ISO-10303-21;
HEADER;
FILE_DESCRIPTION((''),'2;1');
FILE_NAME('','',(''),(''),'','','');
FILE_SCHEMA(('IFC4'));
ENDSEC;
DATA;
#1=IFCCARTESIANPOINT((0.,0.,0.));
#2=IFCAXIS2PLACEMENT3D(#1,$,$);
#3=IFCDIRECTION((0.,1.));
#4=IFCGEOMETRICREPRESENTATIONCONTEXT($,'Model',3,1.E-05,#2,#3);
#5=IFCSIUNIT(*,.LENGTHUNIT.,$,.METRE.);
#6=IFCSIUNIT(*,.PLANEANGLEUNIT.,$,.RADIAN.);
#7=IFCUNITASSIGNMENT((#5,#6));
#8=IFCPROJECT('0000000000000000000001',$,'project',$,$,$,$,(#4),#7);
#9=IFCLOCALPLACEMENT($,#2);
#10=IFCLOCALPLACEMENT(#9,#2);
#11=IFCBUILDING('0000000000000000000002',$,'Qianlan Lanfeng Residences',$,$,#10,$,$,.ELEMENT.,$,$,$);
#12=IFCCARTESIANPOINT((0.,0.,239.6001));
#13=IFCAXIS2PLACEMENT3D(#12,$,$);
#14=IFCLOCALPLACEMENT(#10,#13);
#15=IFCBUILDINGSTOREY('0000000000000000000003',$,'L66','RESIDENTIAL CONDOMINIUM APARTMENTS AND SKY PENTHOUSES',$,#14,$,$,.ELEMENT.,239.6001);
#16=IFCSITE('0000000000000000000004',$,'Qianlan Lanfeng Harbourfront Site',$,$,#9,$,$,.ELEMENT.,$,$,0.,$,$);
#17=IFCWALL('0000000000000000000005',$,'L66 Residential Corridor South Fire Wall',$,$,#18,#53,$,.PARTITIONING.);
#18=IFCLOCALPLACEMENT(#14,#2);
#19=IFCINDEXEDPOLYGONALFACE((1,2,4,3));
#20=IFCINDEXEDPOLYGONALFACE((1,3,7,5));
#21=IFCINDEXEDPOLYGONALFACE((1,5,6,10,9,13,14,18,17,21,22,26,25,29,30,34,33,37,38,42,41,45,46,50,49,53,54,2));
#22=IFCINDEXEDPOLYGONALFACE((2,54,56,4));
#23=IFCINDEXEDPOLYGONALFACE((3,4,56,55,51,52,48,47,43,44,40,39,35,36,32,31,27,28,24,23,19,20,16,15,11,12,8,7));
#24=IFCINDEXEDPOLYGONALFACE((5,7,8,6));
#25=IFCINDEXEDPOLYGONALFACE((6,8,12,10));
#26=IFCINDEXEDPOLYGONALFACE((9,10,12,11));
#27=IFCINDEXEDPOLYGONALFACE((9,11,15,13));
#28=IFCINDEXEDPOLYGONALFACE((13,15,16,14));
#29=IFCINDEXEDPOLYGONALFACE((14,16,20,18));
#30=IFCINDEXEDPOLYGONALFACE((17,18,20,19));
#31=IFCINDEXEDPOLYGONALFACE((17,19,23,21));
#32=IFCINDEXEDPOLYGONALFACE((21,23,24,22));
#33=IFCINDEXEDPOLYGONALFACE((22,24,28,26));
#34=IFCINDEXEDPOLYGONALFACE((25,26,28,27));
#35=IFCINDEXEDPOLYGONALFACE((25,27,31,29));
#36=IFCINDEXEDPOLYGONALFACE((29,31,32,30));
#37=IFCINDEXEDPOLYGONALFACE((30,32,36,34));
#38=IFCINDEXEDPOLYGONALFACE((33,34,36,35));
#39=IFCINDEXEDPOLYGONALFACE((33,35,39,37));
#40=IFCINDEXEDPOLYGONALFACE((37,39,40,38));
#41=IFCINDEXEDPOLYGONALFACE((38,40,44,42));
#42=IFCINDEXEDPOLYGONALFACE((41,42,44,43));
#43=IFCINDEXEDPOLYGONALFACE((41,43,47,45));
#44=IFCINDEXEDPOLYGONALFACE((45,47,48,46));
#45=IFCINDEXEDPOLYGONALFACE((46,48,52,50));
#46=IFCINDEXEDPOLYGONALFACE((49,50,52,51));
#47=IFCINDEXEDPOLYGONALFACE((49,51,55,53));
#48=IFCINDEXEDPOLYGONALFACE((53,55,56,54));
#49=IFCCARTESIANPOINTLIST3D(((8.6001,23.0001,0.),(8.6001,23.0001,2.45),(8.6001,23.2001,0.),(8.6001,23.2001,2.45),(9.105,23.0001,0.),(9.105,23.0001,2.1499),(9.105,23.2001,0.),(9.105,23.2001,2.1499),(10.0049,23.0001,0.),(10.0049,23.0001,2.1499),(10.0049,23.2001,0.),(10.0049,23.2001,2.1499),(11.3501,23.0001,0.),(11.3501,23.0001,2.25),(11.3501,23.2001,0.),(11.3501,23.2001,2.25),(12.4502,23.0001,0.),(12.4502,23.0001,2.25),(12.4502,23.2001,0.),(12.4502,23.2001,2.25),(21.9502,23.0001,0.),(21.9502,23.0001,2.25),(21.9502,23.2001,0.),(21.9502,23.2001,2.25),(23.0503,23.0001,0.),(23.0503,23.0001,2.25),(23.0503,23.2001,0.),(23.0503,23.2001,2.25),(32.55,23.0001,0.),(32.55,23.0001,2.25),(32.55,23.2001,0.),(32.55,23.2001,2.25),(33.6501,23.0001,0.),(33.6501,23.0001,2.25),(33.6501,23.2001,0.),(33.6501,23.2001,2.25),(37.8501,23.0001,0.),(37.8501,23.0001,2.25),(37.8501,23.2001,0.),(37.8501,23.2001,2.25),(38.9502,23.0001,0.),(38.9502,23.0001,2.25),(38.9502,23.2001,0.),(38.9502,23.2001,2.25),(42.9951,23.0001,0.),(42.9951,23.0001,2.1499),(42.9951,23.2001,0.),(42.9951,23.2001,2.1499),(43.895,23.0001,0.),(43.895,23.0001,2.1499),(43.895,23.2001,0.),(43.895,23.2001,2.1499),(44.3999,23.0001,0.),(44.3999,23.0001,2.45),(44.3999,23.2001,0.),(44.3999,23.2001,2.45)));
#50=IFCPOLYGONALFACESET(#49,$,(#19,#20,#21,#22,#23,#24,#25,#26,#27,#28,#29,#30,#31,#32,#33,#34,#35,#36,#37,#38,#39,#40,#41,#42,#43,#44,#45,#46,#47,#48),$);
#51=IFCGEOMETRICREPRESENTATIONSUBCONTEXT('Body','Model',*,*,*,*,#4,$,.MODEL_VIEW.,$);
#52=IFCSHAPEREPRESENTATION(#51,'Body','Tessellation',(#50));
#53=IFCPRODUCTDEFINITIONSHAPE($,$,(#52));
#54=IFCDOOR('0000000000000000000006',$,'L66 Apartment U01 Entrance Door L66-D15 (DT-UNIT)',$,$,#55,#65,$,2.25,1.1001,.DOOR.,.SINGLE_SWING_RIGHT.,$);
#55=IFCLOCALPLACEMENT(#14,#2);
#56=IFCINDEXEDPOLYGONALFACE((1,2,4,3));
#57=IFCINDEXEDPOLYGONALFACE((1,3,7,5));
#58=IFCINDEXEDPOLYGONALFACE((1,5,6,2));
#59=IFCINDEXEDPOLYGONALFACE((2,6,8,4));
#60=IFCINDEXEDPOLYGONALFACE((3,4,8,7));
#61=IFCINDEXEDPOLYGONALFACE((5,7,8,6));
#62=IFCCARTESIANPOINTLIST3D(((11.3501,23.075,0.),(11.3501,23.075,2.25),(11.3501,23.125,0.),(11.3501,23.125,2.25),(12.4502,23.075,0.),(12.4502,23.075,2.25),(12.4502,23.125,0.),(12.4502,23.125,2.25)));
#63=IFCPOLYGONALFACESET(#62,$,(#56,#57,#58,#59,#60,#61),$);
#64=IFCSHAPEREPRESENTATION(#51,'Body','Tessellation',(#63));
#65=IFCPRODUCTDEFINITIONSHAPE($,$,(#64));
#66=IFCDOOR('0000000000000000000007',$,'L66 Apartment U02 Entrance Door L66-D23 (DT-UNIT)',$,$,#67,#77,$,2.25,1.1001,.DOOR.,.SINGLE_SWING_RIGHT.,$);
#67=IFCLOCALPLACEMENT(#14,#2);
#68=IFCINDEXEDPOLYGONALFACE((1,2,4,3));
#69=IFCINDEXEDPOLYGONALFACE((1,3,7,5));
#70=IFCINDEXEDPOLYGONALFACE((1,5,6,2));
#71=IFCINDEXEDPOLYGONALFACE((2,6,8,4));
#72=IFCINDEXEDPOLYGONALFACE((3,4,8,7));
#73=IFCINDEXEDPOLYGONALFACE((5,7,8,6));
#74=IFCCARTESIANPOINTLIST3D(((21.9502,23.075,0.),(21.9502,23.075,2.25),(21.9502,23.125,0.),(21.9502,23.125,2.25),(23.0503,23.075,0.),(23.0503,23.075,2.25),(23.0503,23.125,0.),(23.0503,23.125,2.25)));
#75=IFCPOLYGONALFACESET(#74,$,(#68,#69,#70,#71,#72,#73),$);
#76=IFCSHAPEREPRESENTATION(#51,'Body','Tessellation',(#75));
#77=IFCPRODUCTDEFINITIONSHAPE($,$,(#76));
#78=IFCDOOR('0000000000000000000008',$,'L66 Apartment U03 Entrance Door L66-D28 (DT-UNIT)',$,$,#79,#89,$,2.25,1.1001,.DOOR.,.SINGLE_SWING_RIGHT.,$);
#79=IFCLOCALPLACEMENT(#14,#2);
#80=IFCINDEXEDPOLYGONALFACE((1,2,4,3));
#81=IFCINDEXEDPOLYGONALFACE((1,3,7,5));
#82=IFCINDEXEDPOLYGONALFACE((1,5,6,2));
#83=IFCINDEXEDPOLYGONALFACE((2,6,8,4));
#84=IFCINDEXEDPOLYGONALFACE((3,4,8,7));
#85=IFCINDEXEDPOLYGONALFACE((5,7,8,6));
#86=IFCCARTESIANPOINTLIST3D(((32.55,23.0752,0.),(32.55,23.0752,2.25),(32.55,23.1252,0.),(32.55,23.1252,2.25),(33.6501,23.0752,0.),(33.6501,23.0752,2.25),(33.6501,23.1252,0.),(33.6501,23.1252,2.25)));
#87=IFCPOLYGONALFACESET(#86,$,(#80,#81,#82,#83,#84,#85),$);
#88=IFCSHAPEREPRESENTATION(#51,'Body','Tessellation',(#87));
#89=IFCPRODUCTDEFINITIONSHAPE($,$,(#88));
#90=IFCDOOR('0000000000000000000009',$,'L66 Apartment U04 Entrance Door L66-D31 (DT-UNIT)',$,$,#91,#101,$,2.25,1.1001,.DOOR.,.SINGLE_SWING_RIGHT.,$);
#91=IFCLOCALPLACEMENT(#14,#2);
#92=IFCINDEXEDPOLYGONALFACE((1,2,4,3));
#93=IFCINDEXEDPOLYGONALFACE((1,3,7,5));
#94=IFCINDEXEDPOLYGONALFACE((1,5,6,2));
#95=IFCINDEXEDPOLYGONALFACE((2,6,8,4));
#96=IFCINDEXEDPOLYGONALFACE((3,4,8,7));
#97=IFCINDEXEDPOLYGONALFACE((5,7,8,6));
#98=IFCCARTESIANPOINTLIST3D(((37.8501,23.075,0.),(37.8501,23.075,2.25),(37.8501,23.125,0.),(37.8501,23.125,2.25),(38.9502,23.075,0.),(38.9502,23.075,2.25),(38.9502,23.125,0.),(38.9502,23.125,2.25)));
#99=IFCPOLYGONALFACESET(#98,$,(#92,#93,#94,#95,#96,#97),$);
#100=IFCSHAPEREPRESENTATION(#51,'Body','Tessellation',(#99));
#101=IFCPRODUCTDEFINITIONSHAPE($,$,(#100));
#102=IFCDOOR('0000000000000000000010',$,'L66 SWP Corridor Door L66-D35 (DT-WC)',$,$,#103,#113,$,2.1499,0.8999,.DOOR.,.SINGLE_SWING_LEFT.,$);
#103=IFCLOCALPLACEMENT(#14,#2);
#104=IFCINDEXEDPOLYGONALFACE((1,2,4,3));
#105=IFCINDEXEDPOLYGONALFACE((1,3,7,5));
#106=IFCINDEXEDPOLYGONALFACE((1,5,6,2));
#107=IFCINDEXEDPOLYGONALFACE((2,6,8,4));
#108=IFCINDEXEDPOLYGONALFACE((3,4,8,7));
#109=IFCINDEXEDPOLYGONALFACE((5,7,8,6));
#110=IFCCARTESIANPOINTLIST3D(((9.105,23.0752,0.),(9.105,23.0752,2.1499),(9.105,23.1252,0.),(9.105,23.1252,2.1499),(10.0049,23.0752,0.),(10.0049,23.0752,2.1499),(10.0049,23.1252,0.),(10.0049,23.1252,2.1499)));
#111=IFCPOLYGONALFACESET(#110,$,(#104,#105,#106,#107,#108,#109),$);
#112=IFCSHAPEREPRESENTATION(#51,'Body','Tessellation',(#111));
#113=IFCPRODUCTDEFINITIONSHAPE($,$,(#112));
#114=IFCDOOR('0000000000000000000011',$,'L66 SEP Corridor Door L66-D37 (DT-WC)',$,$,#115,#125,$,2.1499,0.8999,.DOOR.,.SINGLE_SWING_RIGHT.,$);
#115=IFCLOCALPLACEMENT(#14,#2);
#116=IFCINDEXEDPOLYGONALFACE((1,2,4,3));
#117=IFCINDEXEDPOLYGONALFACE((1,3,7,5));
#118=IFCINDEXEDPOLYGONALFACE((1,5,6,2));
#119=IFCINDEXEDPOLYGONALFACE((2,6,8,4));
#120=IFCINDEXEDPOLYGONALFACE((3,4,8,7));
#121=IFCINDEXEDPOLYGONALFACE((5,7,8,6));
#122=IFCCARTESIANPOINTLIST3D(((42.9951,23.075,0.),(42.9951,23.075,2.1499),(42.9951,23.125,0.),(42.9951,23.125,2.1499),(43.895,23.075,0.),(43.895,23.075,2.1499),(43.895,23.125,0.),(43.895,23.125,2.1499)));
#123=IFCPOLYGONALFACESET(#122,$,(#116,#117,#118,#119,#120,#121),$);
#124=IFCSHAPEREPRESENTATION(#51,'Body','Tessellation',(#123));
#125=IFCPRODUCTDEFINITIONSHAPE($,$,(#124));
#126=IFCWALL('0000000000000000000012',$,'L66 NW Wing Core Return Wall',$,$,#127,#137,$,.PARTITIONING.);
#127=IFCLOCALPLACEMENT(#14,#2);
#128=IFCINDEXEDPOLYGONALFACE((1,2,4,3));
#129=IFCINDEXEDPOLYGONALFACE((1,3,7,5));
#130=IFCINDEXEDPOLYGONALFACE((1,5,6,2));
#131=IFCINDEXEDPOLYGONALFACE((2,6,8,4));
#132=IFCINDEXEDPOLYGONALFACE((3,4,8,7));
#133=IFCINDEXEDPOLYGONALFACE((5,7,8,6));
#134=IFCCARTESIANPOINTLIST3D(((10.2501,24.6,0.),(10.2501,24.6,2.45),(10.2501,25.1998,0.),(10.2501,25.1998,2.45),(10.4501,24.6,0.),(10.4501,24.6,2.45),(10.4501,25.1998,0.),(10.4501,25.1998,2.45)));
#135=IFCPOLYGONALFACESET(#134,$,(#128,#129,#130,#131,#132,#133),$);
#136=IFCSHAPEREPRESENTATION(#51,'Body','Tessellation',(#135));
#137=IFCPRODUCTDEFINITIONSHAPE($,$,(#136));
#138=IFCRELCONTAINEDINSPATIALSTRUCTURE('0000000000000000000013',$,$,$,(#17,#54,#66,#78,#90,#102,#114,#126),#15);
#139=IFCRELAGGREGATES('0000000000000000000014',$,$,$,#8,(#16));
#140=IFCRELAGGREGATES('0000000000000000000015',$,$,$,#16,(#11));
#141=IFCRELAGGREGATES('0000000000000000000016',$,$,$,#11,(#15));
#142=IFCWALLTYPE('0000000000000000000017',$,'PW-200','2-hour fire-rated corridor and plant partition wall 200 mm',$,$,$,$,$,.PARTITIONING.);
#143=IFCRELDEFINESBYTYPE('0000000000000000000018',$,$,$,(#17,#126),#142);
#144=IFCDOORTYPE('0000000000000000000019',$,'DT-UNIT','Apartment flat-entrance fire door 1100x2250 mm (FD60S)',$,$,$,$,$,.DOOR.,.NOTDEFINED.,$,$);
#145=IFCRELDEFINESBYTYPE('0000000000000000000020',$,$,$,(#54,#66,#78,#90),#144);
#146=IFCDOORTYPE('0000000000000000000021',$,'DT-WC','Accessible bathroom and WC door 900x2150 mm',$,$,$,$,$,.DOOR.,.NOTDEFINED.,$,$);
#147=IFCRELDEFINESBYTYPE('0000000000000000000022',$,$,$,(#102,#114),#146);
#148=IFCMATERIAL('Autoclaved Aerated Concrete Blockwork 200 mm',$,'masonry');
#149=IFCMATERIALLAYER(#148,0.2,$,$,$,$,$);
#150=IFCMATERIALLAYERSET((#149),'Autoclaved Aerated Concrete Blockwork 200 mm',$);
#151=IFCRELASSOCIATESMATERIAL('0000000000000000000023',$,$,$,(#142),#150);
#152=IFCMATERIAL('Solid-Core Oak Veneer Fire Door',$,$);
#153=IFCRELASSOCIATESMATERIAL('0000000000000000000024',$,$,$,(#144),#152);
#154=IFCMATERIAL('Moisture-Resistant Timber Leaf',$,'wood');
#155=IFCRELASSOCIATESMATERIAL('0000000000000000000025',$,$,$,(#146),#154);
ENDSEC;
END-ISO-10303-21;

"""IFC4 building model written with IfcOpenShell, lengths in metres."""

from ifc_helpers import new_model, si_unit, direction, frame, frame_2d, origin, place, context, subcontext, project, spatial, rectangle, extrude, material, layer, layer_set, type_object, element, fill, save


model = new_model("IFC4")

# Units and contexts
model_context = context("Model", 3, precision=1e-05, world=origin(), true_north=direction((0.0, 1.0)))
body_context = subcontext(model_context, "Body", "Model", "MODEL_VIEW")
ifc_project = project(units=[si_unit("LENGTHUNIT", "METRE"), si_unit("PLANEANGLEUNIT", "RADIAN")], contexts=[model_context])

# Site, building, storey
site_placement = place(None, origin())
site = spatial("IfcSite", under=ifc_project, at=site_placement, Name="Qianlan Lanfeng Harbourfront Site", CompositionType="ELEMENT", RefElevation=0.0)
building_placement = place(site_placement, origin())
building = spatial("IfcBuilding", under=site, at=building_placement, Name="Qianlan Lanfeng Residences", CompositionType="ELEMENT")
storey_placement = place(building_placement, frame((0.0, 0.0, 239.6001)))
storey = spatial("IfcBuildingStorey", under=building, at=storey_placement, Name="L66", Description="RESIDENTIAL CONDOMINIUM APARTMENTS AND SKY PENTHOUSES", CompositionType="ELEMENT", Elevation=239.6001)

# Shared definitions
ifc_material_1 = material(Name="Autoclaved Aerated Concrete Blockwork 200 mm", Category="masonry")
ifc_layer_1 = layer(ifc_material_1, 0.2)
ifc_layer_set_1 = layer_set([ifc_layer_1], Name="Autoclaved Aerated Concrete Blockwork 200 mm")
wall_type_1 = type_object("IfcWallType", Name="PW-200", Description="2-hour fire-rated corridor and plant partition wall 200 mm", PredefinedType="PARTITIONING", material=ifc_layer_set_1)

# Wall, openings, doors
wall_1_placement = place(storey_placement, frame((8.6001, 23.1001, 0.0), z_axis=(0.0, 0.0, 1.0), x_axis=(1.0, 0.0, 0.0)))
wall_1 = element("IfcWall", 1, at=wall_1_placement, inside=storey, type_object=wall_type_1, Name="L66 Residential Corridor South Fire Wall", PredefinedType="PARTITIONING", context=body_context, shape_type="SweptSolid", body=[
    extrude(rectangle(XDim=35.7998, YDim=0.2, at=frame_2d((17.8999, 0.0))), origin(), (0.0, 0.0, 1.0), 2.45),
])
opening_1_placement = place(wall_1_placement, frame((2.75, 0.0, 0.0)))
opening_1 = element("IfcOpeningElement", 2, at=opening_1_placement, cuts=wall_1, PredefinedType="OPENING", context=body_context, shape_type="SweptSolid", body=[
    extrude(rectangle(XDim=1.1001, YDim=2.25, at=frame_2d((0.55, 1.125))), frame((0.0, 0.1099, 0.0), z_axis=(0.0, -1.0, 0.0), x_axis=(1.0, 0.0, 0.0)), (0.0, 0.0, 1.0), 0.22),
])
opening_2_placement = place(wall_1_placement, frame((13.3501, 0.0, 0.0)))
opening_2 = element("IfcOpeningElement", 3, at=opening_2_placement, cuts=wall_1, PredefinedType="OPENING", context=body_context, shape_type="SweptSolid", body=[
    extrude(rectangle(XDim=1.1001, YDim=2.25, at=frame_2d((0.55, 1.125))), frame((0.0, 0.1099, 0.0), z_axis=(0.0, -1.0, 0.0), x_axis=(1.0, 0.0, 0.0)), (0.0, 0.0, 1.0), 0.22),
])
opening_3_placement = place(wall_1_placement, frame((23.95, 0.0, 0.0)))
opening_3 = element("IfcOpeningElement", 4, at=opening_3_placement, cuts=wall_1, PredefinedType="OPENING", context=body_context, shape_type="SweptSolid", body=[
    extrude(rectangle(XDim=1.1001, YDim=2.25, at=frame_2d((0.55, 1.125))), frame((0.0, 0.1099, 0.0), z_axis=(0.0, -1.0, 0.0), x_axis=(1.0, 0.0, 0.0)), (0.0, 0.0, 1.0), 0.22),
])
opening_4_placement = place(wall_1_placement, frame((29.25, 0.0, 0.0)))
opening_4 = element("IfcOpeningElement", 5, at=opening_4_placement, cuts=wall_1, PredefinedType="OPENING", context=body_context, shape_type="SweptSolid", body=[
    extrude(rectangle(XDim=1.1001, YDim=2.25, at=frame_2d((0.55, 1.125))), frame((0.0, 0.1099, 0.0), z_axis=(0.0, -1.0, 0.0), x_axis=(1.0, 0.0, 0.0)), (0.0, 0.0, 1.0), 0.22),
])
opening_5_placement = place(wall_1_placement, frame((0.5049, 0.0, 0.0)))
opening_5 = element("IfcOpeningElement", 6, at=opening_5_placement, cuts=wall_1, PredefinedType="OPENING", context=body_context, shape_type="SweptSolid", body=[
    extrude(rectangle(XDim=0.8999, YDim=2.1499, at=frame_2d((0.45, 1.075))), frame((0.0, 0.1099, 0.0), z_axis=(0.0, -1.0, 0.0), x_axis=(1.0, 0.0, 0.0)), (0.0, 0.0, 1.0), 0.22),
])
opening_6_placement = place(wall_1_placement, frame((34.395, 0.0, 0.0)))
opening_6 = element("IfcOpeningElement", 7, at=opening_6_placement, cuts=wall_1, PredefinedType="OPENING", context=body_context, shape_type="SweptSolid", body=[
    extrude(rectangle(XDim=0.8999, YDim=2.1499, at=frame_2d((0.45, 1.075))), frame((0.0, 0.1099, 0.0), z_axis=(0.0, -1.0, 0.0), x_axis=(1.0, 0.0, 0.0)), (0.0, 0.0, 1.0), 0.22),
])
ifc_material_2 = material(Name="Solid-Core Oak Veneer Fire Door")
door_type_1 = type_object("IfcDoorType", Name="DT-UNIT", Description="Apartment flat-entrance fire door 1100x2250 mm (FD60S)", OperationType="NOTDEFINED", PredefinedType="DOOR", material=ifc_material_2)
door_1_placement = place(opening_1_placement, origin())
door_1 = element("IfcDoor", 8, at=door_1_placement, inside=storey, type_object=door_type_1, Name="L66 Apartment U01 Entrance Door L66-D15 (DT-UNIT)", OperationType="SINGLE_SWING_RIGHT", OverallHeight=2.25, OverallWidth=1.1001, PredefinedType="DOOR", context=body_context, shape_type="SweptSolid", body=[
    extrude(rectangle(XDim=1.1001, YDim=2.25, at=frame_2d((0.55, 1.125))), frame((0.0, 0.0249, 0.0), z_axis=(0.0, -1.0, 0.0), x_axis=(1.0, 0.0, 0.0)), (0.0, 0.0, 1.0), 0.05),
])
fill(opening_1, door_1)
door_2_placement = place(opening_2_placement, origin())
door_2 = element("IfcDoor", 9, at=door_2_placement, inside=storey, type_object=door_type_1, Name="L66 Apartment U02 Entrance Door L66-D23 (DT-UNIT)", OperationType="SINGLE_SWING_RIGHT", OverallHeight=2.25, OverallWidth=1.1001, PredefinedType="DOOR", context=body_context, shape_type="SweptSolid", body=[
    extrude(rectangle(XDim=1.1001, YDim=2.25, at=frame_2d((0.55, 1.125))), frame((0.0, 0.0249, 0.0), z_axis=(0.0, -1.0, 0.0), x_axis=(1.0, 0.0, 0.0)), (0.0, 0.0, 1.0), 0.05),
])
fill(opening_2, door_2)
door_3_placement = place(opening_3_placement, frame((1.1001, 0.0, 0.0), z_axis=(0.0, 0.0, 1.0), x_axis=(-1.0, 0.0, 0.0)))
door_3 = element("IfcDoor", 10, at=door_3_placement, inside=storey, type_object=door_type_1, Name="L66 Apartment U03 Entrance Door L66-D28 (DT-UNIT)", OperationType="SINGLE_SWING_RIGHT", OverallHeight=2.25, OverallWidth=1.1001, PredefinedType="DOOR", context=body_context, shape_type="SweptSolid", body=[
    extrude(rectangle(XDim=1.1001, YDim=2.25, at=frame_2d((0.55, 1.125))), frame((0.0, 0.0249, 0.0), z_axis=(0.0, -1.0, 0.0), x_axis=(1.0, 0.0, 0.0)), (0.0, 0.0, 1.0), 0.05),
])
fill(opening_3, door_3)
door_4_placement = place(opening_4_placement, origin())
door_4 = element("IfcDoor", 11, at=door_4_placement, inside=storey, type_object=door_type_1, Name="L66 Apartment U04 Entrance Door L66-D31 (DT-UNIT)", OperationType="SINGLE_SWING_RIGHT", OverallHeight=2.25, OverallWidth=1.1001, PredefinedType="DOOR", context=body_context, shape_type="SweptSolid", body=[
    extrude(rectangle(XDim=1.1001, YDim=2.25, at=frame_2d((0.55, 1.125))), frame((0.0, 0.0249, 0.0), z_axis=(0.0, -1.0, 0.0), x_axis=(1.0, 0.0, 0.0)), (0.0, 0.0, 1.0), 0.05),
])
fill(opening_4, door_4)
ifc_material_3 = material(Name="Moisture-Resistant Timber Leaf", Category="wood")
door_type_2 = type_object("IfcDoorType", Name="DT-WC", Description="Accessible bathroom and WC door 900x2150 mm", OperationType="NOTDEFINED", PredefinedType="DOOR", material=ifc_material_3)
door_5_placement = place(opening_5_placement, frame((0.8999, 0.0, 0.0), z_axis=(0.0, 0.0, 1.0), x_axis=(-1.0, 0.0, 0.0)))
door_5 = element("IfcDoor", 12, at=door_5_placement, inside=storey, type_object=door_type_2, Name="L66 SWP Corridor Door L66-D35 (DT-WC)", OperationType="SINGLE_SWING_LEFT", OverallHeight=2.1499, OverallWidth=0.8999, PredefinedType="DOOR", context=body_context, shape_type="SweptSolid", body=[
    extrude(rectangle(XDim=0.8999, YDim=2.1499, at=frame_2d((0.45, 1.075))), frame((0.0, 0.0249, 0.0), z_axis=(0.0, -1.0, 0.0), x_axis=(1.0, 0.0, 0.0)), (0.0, 0.0, 1.0), 0.05),
])
fill(opening_5, door_5)
door_6_placement = place(opening_6_placement, origin())
door_6 = element("IfcDoor", 13, at=door_6_placement, inside=storey, type_object=door_type_2, Name="L66 SEP Corridor Door L66-D37 (DT-WC)", OperationType="SINGLE_SWING_RIGHT", OverallHeight=2.1499, OverallWidth=0.8999, PredefinedType="DOOR", context=body_context, shape_type="SweptSolid", body=[
    extrude(rectangle(XDim=0.8999, YDim=2.1499, at=frame_2d((0.45, 1.075))), frame((0.0, 0.0249, 0.0), z_axis=(0.0, -1.0, 0.0), x_axis=(1.0, 0.0, 0.0)), (0.0, 0.0, 1.0), 0.05),
])
fill(opening_6, door_6)

# Wall
wall_2_placement = place(storey_placement, frame((10.3501, 24.6001, 0.0), z_axis=(0.0, 0.0, 1.0), x_axis=(0.0, 1.0, 0.0)))
element("IfcWall", 14, at=wall_2_placement, inside=storey, type_object=wall_type_1, Name="L66 NW Wing Core Return Wall", PredefinedType="PARTITIONING", context=body_context, shape_type="SweptSolid", body=[
    extrude(rectangle(XDim=0.5999, YDim=0.2, at=frame_2d((0.2998, 0.0))), origin(), (0.0, 0.0, 1.0), 2.45),
])

save(model, "model.ifc")
